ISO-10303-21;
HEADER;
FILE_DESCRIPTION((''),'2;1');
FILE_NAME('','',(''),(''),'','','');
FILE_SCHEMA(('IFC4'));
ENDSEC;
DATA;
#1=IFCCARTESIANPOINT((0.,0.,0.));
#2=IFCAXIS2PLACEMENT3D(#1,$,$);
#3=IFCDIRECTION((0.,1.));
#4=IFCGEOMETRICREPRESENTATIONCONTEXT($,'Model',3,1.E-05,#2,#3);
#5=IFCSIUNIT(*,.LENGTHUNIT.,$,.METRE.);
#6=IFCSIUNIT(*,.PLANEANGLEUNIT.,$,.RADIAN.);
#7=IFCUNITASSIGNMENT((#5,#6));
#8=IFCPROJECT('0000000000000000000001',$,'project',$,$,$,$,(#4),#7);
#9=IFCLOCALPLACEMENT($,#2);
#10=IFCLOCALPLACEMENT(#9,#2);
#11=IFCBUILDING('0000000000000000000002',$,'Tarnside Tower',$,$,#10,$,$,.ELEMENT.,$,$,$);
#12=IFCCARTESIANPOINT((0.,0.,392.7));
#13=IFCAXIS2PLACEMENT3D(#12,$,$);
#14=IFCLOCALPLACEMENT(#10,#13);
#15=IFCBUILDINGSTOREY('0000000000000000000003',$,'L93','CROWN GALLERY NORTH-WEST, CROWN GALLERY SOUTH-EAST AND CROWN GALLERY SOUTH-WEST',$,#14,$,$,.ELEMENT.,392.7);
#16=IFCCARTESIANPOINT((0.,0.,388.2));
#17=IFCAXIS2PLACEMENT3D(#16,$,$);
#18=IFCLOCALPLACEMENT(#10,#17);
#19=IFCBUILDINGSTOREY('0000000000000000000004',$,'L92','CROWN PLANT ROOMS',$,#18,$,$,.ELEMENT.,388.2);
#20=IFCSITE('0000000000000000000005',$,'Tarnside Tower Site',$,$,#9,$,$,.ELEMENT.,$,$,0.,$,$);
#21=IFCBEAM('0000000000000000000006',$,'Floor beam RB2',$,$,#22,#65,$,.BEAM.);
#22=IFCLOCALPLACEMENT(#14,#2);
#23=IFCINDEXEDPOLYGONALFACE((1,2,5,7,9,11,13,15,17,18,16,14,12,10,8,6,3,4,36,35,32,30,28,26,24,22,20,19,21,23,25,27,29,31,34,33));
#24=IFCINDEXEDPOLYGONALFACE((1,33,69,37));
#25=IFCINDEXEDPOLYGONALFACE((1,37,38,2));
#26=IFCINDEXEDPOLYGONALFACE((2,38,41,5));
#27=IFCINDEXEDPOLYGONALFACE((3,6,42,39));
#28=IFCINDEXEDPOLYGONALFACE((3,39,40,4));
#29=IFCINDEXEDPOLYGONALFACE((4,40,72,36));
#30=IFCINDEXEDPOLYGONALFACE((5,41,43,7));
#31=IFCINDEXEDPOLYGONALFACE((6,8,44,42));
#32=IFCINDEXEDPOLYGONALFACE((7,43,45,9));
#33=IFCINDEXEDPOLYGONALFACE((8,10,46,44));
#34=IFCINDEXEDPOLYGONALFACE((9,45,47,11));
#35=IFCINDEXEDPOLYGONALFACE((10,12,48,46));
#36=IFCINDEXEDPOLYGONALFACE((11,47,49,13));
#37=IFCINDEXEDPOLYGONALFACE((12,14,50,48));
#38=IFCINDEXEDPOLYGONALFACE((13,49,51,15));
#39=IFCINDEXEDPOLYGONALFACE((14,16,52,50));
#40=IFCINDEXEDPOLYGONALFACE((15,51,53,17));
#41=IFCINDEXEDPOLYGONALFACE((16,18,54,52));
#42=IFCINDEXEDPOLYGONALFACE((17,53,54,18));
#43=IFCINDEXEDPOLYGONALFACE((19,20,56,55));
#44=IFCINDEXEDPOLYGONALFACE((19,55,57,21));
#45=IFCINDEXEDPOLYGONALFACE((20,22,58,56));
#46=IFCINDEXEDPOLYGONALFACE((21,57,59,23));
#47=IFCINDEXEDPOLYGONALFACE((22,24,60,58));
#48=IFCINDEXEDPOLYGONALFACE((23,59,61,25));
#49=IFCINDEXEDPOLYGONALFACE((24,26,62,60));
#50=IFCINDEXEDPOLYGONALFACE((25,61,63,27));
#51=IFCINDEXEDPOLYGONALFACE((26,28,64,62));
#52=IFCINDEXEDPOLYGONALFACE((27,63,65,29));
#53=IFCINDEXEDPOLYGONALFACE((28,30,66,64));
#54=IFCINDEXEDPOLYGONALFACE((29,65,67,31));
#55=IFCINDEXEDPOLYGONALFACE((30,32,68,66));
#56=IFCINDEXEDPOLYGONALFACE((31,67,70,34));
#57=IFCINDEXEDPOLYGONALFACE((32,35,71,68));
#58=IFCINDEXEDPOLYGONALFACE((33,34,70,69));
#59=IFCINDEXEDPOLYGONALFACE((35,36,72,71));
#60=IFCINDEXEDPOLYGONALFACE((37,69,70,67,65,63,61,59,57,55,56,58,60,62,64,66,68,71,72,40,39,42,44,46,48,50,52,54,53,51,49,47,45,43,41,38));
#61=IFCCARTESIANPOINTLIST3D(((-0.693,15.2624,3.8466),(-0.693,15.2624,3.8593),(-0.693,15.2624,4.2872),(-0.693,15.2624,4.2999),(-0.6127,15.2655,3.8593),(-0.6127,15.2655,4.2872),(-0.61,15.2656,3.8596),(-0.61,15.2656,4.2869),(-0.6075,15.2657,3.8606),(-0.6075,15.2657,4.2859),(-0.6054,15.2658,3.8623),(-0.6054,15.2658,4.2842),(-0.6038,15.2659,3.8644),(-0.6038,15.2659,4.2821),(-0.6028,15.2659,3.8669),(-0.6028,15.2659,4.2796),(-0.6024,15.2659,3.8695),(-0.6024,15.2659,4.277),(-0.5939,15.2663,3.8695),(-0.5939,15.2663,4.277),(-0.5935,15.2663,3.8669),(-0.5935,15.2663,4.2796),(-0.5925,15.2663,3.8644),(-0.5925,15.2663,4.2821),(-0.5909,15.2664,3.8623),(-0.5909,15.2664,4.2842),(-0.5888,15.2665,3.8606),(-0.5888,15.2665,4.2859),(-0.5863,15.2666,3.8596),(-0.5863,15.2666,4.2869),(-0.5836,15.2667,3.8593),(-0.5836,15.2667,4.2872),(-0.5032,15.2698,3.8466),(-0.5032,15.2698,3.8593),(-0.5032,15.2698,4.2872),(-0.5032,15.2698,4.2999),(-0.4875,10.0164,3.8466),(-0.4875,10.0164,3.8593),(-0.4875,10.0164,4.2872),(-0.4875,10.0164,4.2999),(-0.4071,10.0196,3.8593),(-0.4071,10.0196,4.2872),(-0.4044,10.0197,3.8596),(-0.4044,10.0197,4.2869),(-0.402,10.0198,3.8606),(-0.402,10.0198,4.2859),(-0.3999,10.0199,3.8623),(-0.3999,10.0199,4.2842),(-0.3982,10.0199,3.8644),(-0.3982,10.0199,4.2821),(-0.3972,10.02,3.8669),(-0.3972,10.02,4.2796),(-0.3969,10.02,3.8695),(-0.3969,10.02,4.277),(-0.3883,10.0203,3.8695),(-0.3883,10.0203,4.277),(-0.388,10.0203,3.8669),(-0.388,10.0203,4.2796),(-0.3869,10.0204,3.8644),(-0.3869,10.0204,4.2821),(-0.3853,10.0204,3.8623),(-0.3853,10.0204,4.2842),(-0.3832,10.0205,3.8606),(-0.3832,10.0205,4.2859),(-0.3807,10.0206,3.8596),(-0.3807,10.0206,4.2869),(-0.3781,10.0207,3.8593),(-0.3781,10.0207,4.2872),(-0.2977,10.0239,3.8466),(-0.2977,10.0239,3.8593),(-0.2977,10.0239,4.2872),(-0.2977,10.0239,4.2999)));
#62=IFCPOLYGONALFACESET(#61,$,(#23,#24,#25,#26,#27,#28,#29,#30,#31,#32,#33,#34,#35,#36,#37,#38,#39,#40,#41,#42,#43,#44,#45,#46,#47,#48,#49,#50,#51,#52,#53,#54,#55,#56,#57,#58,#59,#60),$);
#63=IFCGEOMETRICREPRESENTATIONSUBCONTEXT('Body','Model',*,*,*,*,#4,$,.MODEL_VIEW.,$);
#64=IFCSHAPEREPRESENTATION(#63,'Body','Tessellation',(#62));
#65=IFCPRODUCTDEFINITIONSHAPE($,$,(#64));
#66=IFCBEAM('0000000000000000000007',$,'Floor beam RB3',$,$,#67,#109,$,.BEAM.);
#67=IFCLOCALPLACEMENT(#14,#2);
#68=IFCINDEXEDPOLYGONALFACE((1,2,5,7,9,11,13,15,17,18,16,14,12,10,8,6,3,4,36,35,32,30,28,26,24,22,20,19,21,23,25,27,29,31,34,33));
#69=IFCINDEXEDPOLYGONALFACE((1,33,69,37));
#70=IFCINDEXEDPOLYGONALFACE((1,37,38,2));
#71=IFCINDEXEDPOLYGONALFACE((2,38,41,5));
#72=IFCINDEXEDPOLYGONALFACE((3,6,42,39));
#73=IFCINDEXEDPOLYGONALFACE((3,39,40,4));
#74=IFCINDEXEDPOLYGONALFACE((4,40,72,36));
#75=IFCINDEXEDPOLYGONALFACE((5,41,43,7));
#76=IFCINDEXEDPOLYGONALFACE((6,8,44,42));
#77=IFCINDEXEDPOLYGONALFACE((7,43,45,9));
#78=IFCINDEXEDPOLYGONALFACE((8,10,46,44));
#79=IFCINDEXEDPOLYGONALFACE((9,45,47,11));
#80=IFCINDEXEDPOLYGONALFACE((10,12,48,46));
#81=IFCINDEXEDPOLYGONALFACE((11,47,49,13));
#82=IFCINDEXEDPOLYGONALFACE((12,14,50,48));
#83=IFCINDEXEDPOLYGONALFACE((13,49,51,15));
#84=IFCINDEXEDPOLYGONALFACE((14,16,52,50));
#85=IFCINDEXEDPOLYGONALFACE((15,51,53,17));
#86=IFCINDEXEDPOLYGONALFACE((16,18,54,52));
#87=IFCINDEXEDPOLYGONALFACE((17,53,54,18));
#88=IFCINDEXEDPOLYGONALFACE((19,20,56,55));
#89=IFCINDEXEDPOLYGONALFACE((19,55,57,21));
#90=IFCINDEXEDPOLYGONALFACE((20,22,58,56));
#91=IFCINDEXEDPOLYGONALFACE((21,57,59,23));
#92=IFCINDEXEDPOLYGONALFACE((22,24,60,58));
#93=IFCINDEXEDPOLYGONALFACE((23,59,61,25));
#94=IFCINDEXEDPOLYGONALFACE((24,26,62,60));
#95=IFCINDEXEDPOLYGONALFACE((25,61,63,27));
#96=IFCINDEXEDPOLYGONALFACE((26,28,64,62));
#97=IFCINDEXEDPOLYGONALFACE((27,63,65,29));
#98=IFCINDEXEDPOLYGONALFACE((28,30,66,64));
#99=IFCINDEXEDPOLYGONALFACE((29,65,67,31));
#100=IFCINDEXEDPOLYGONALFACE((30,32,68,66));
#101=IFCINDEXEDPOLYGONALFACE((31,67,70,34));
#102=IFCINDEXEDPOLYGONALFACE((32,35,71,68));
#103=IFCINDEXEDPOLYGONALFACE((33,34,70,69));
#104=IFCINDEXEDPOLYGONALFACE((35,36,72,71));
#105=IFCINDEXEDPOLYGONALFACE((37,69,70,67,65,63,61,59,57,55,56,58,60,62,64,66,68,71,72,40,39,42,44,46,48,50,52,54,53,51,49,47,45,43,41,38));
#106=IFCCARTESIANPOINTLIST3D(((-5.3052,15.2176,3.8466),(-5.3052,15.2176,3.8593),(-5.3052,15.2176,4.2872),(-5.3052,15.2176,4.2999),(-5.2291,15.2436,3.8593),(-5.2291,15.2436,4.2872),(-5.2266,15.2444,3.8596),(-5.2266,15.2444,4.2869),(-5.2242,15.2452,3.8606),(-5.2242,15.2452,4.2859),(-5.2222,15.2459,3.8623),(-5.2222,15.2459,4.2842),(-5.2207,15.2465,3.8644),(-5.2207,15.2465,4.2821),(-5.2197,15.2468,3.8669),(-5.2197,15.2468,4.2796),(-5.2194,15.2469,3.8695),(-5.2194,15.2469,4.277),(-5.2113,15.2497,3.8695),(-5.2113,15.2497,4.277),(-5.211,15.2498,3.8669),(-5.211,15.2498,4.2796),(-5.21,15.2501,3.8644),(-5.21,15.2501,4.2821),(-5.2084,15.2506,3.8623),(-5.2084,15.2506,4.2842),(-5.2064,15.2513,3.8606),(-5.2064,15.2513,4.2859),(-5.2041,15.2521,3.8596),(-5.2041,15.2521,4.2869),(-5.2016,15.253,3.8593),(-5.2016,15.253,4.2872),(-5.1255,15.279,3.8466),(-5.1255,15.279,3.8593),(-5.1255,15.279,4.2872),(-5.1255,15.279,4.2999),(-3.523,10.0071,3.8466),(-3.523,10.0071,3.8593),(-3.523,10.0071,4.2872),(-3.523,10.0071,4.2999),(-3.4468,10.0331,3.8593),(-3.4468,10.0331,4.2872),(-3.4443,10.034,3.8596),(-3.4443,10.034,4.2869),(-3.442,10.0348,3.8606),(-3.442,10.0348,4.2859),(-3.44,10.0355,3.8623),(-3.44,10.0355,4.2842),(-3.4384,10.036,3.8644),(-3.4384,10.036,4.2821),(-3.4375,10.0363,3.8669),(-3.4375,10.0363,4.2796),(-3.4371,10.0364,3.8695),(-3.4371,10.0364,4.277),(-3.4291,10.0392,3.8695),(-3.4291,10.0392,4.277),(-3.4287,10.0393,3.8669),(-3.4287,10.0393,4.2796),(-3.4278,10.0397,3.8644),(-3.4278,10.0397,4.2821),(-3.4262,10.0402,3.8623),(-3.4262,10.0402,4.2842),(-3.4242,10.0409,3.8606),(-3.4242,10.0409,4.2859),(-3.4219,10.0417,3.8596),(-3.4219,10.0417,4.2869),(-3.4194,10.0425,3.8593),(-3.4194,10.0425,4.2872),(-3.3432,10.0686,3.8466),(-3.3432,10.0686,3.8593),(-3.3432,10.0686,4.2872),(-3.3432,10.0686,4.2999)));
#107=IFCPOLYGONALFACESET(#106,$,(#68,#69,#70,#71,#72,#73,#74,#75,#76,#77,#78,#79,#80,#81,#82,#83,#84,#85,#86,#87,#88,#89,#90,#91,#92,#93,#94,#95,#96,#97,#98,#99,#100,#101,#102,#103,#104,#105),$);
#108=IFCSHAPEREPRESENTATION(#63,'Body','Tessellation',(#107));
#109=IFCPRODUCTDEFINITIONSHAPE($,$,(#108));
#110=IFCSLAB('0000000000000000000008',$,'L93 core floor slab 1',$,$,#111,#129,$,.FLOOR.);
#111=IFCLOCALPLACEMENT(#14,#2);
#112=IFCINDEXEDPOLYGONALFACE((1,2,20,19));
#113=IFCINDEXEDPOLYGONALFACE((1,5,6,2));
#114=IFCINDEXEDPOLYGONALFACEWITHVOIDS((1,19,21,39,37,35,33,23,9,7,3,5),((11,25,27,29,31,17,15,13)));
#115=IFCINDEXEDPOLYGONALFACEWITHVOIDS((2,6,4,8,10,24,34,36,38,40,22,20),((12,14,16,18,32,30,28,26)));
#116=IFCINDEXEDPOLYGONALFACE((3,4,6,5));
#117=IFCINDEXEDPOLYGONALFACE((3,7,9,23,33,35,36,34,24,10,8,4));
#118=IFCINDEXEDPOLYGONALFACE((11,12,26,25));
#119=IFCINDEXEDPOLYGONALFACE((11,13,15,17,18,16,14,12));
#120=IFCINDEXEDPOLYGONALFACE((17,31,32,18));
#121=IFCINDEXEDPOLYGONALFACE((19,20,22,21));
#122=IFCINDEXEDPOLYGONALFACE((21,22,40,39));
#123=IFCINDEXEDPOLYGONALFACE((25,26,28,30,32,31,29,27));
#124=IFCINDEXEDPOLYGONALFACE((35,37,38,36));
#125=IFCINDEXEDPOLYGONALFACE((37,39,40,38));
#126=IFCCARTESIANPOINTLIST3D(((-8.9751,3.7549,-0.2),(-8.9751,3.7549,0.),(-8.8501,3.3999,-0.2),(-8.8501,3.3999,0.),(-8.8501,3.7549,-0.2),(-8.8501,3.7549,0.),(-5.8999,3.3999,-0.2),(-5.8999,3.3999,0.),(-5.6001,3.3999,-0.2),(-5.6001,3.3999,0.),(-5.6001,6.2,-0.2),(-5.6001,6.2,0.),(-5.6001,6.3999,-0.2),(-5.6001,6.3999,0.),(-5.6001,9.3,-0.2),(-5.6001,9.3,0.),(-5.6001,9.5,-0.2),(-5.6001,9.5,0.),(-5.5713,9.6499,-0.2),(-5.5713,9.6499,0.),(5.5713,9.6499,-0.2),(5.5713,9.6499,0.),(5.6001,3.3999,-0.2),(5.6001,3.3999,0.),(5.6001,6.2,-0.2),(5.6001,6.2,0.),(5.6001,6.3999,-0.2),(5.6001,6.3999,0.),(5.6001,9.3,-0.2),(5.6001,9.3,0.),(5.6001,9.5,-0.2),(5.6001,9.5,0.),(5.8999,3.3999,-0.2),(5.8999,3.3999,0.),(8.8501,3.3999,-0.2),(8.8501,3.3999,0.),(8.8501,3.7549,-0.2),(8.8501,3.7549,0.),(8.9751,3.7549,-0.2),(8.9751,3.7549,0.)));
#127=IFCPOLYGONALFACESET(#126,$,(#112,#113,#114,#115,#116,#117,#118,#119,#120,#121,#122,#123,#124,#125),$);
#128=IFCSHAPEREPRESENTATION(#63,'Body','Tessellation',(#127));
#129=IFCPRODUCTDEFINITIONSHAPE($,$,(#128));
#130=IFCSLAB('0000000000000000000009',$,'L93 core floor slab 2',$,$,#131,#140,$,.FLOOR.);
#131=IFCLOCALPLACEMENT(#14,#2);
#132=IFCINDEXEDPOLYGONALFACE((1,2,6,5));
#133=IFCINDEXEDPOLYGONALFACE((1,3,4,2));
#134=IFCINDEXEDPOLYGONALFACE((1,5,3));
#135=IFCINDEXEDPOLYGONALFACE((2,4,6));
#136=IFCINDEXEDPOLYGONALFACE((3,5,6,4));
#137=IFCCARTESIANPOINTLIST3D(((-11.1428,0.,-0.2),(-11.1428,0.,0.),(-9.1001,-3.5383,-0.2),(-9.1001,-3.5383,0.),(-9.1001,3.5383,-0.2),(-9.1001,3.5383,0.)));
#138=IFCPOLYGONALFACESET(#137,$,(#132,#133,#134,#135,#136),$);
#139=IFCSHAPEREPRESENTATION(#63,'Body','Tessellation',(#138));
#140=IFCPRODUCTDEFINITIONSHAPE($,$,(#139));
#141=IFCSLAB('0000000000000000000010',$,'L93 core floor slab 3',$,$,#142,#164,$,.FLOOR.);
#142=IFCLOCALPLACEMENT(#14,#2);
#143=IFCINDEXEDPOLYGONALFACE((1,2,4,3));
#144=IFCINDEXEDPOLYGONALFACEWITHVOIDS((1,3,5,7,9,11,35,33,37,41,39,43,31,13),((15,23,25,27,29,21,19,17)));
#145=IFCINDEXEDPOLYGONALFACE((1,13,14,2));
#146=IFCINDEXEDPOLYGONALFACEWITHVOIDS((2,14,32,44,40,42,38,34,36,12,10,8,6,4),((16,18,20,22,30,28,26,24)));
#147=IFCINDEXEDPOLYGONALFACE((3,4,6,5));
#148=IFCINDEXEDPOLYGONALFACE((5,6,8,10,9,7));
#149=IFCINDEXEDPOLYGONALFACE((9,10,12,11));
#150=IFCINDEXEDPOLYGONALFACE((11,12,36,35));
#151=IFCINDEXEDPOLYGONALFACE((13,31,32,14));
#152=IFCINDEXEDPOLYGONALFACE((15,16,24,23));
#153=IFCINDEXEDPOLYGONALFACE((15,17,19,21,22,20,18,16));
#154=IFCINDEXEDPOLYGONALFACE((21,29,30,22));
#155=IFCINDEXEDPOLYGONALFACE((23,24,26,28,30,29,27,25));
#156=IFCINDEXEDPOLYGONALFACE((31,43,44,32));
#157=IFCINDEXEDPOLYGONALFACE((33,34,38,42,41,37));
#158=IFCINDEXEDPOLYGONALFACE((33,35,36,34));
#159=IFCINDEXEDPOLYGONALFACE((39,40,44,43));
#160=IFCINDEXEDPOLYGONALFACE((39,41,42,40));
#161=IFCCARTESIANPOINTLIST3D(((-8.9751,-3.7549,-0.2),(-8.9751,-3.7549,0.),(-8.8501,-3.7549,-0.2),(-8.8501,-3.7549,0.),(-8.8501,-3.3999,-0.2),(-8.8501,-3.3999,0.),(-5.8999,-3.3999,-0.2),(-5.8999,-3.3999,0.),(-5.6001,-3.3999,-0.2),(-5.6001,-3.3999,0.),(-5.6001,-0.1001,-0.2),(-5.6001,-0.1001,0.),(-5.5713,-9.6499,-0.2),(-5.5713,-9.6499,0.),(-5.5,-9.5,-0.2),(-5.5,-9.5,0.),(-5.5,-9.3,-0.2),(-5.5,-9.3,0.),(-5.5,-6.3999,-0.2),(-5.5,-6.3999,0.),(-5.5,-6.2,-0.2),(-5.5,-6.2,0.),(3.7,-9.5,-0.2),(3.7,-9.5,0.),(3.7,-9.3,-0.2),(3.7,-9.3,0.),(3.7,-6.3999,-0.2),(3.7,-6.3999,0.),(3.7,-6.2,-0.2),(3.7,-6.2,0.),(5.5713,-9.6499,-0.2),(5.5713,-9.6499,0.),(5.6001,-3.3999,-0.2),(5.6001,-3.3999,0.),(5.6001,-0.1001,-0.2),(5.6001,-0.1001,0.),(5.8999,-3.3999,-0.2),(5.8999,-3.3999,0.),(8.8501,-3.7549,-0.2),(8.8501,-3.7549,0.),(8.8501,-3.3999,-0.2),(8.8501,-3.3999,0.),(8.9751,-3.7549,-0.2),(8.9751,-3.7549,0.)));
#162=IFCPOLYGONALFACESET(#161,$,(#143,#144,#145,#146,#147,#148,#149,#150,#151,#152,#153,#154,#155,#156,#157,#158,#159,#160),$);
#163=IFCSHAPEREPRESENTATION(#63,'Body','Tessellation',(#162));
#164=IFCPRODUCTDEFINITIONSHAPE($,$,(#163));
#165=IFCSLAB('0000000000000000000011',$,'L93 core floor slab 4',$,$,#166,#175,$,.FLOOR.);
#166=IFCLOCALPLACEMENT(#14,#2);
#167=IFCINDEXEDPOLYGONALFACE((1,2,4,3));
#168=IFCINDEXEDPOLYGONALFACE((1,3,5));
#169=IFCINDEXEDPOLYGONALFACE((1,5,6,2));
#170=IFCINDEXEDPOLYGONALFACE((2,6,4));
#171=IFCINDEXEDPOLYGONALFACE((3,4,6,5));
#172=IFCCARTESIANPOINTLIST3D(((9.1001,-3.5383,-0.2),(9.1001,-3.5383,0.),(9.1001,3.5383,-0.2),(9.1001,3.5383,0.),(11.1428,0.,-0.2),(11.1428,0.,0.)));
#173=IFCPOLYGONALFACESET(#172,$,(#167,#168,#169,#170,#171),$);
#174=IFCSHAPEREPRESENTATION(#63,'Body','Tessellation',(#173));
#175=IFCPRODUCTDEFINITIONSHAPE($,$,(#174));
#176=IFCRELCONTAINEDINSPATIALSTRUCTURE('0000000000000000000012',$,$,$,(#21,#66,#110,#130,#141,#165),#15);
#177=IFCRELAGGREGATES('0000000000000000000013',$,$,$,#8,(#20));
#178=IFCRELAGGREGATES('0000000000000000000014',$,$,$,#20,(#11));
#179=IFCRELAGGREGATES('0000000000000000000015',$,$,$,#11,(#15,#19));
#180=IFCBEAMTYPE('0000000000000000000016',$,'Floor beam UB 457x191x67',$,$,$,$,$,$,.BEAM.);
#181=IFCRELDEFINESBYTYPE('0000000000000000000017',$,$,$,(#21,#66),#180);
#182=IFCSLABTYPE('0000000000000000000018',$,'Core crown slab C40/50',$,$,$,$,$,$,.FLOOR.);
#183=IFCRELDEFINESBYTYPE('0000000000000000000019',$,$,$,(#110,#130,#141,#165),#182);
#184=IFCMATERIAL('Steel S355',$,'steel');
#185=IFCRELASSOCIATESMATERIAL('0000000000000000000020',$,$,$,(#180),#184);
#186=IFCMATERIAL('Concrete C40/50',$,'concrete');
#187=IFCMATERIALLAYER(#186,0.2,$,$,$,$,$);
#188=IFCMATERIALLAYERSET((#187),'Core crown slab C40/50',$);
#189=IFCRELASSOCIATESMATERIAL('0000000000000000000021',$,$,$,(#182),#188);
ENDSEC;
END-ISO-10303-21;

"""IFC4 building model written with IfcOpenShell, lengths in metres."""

from ifc_helpers import new_model, si_unit, direction, frame, origin, origin_2d, place, context, subcontext, project, spatial, polyline, i_section, outline, extrude, material, layer, layer_set, material_profile, profile_set, type_object, element, save


model = new_model("IFC4")

# Units and contexts
model_context = context("Model", 3, precision=1e-05, world=origin(), true_north=direction((0.0, 1.0)))
body_context = subcontext(model_context, "Body", "Model", "MODEL_VIEW")
ifc_project = project(units=[si_unit("LENGTHUNIT", "METRE"), si_unit("PLANEANGLEUNIT", "RADIAN")], contexts=[model_context])

# Site, building, storey
site_placement = place(None, origin())
site = spatial("IfcSite", under=ifc_project, at=site_placement, Name="Tarnside Tower Site", CompositionType="ELEMENT", RefElevation=0.0)
building_placement = place(site_placement, origin())
building = spatial("IfcBuilding", under=site, at=building_placement, Name="Tarnside Tower", CompositionType="ELEMENT")
storey_1_placement = place(building_placement, frame((0.0, 0.0, 392.7)))
storey_1 = spatial("IfcBuildingStorey", under=building, at=storey_1_placement, Name="L93", Description="CROWN GALLERY NORTH-WEST, CROWN GALLERY SOUTH-EAST AND CROWN GALLERY SOUTH-WEST", CompositionType="ELEMENT", Elevation=392.7)

# Beams
ifc_material_1 = material(Name="Steel S355", Category="steel")
ifc_material_profile = material_profile(ifc_material_1, i_section(OverallWidth=0.1899, OverallDepth=0.4534, WebThickness=0.0085, FlangeThickness=0.0127, FilletRadius=0.0103, at=origin_2d()), Name="UB 457x191x67")
ifc_profile_set = profile_set([ifc_material_profile], Name="Steel S355")
beam_type = type_object("IfcBeamType", Name="Floor beam UB 457x191x67", PredefinedType="BEAM", material=ifc_profile_set)
beam_1_placement = place(storey_1_placement, frame((-0.5981, 15.2661, 4.0732), z_axis=(0.039155, -0.999233, 0.0), x_axis=(0.999233, 0.039155, 0.0)))
element("IfcBeam", 1, at=beam_1_placement, inside=storey_1, type_object=beam_type, Name="Floor beam RB2", PredefinedType="BEAM", context=body_context, shape_type="SweptSolid", body=[
    extrude(i_section(OverallWidth=0.1899, OverallDepth=0.4534, WebThickness=0.0085, FlangeThickness=0.0127, FilletRadius=0.0103, at=origin_2d()), origin(), (0.0, 0.0, 1.0), 5.25),
])
beam_2_placement = place(storey_1_placement, frame((-5.2153, 15.2483, 4.0732), z_axis=(0.32364, -0.94618, 0.0), x_axis=(0.94618, 0.32364, 0.0)))
element("IfcBeam", 2, at=beam_2_placement, inside=storey_1, type_object=beam_type, Name="Floor beam RB3", PredefinedType="BEAM", context=body_context, shape_type="SweptSolid", body=[
    extrude(i_section(OverallWidth=0.1899, OverallDepth=0.4534, WebThickness=0.0085, FlangeThickness=0.0127, FilletRadius=0.0103, at=origin_2d()), origin(), (0.0, 0.0, 1.0), 5.5068),
])

# Slabs
ifc_material_2 = material(Name="Concrete C40/50", Category="concrete")
ifc_layer_1 = layer(ifc_material_2, 0.2)
ifc_layer_set_1 = layer_set([ifc_layer_1], Name="Core crown slab C40/50")
slab_type_1 = type_object("IfcSlabType", Name="Core crown slab C40/50", PredefinedType="FLOOR", material=ifc_layer_set_1)
slab_1_placement = place(storey_1_placement, frame((0.0, 0.0, -0.2)))
element("IfcSlab", 3, at=slab_1_placement, inside=storey_1, type_object=slab_type_1, Name="L93 core floor slab 1", PredefinedType="FLOOR", context=body_context, shape_type="SweptSolid", body=[
    extrude(outline(polyline([(5.5713, 9.6499), (8.9751, 3.7549), (8.8501, 3.7549), (8.8501, 3.3999), (5.8999, 3.3999), (5.6001, 3.3999), (-5.6001, 3.3999), (-5.8999, 3.3999), (-8.8501, 3.3999), (-8.8501, 3.7549), (-8.9751, 3.7549), (-5.5713, 9.6499), (5.5713, 9.6499)]), holes=[polyline([(-5.6001, 6.2), (5.6001, 6.2), (5.6001, 6.3999), (5.6001, 9.3), (5.6001, 9.5), (-5.6001, 9.5), (-5.6001, 9.3), (-5.6001, 6.3999), (-5.6001, 6.2)])]), origin(), (0.0, 0.0, 1.0), 0.2),
])
slab_2_placement = place(storey_1_placement, frame((0.0, 0.0, -0.2)))
element("IfcSlab", 4, at=slab_2_placement, inside=storey_1, type_object=slab_type_1, Name="L93 core floor slab 2", PredefinedType="FLOOR", context=body_context, shape_type="SweptSolid", body=[
    extrude(outline(polyline([(-9.1001, -3.5383), (-11.1428, 0.0), (-9.1001, 3.5383), (-9.1001, -3.5383)])), origin(), (0.0, 0.0, 1.0), 0.2),
])
slab_3_placement = place(storey_1_placement, frame((0.0, 0.0, -0.2)))
element("IfcSlab", 5, at=slab_3_placement, inside=storey_1, type_object=slab_type_1, Name="L93 core floor slab 3", PredefinedType="FLOOR", context=body_context, shape_type="SweptSolid", body=[
    extrude(outline(polyline([(-8.8501, -3.7549), (-8.8501, -3.3999), (-5.8999, -3.3999), (-5.6001, -3.3999), (-5.6001, -0.1001), (5.6001, -0.1001), (5.6001, -3.3999), (5.8999, -3.3999), (8.8501, -3.3999), (8.8501, -3.7549), (8.9751, -3.7549), (5.5713, -9.6499), (-5.5713, -9.6499), (-8.9751, -3.7549), (-8.8501, -3.7549)]), holes=[polyline([(-5.5, -9.5), (3.7, -9.5), (3.7, -9.3), (3.7, -6.3999), (3.7, -6.2), (-5.5, -6.2), (-5.5, -6.3999), (-5.5, -9.3), (-5.5, -9.5)])]), origin(), (0.0, 0.0, 1.0), 0.2),
])
slab_4_placement = place(storey_1_placement, frame((0.0, 0.0, -0.2)))
element("IfcSlab", 6, at=slab_4_placement, inside=storey_1, type_object=slab_type_1, Name="L93 core floor slab 4", PredefinedType="FLOOR", context=body_context, shape_type="SweptSolid", body=[
    extrude(outline(polyline([(9.1001, 3.5383), (11.1428, 0.0), (9.1001, -3.5383), (9.1001, 3.5383)])), origin(), (0.0, 0.0, 1.0), 0.2),
])

# Shared definitions
storey_2_placement = place(building_placement, frame((0.0, 0.0, 388.2)))
storey_2 = spatial("IfcBuildingStorey", under=building, at=storey_2_placement, Name="L92", Description="CROWN PLANT ROOMS", CompositionType="ELEMENT", Elevation=388.2)

save(model, "model.ifc")
